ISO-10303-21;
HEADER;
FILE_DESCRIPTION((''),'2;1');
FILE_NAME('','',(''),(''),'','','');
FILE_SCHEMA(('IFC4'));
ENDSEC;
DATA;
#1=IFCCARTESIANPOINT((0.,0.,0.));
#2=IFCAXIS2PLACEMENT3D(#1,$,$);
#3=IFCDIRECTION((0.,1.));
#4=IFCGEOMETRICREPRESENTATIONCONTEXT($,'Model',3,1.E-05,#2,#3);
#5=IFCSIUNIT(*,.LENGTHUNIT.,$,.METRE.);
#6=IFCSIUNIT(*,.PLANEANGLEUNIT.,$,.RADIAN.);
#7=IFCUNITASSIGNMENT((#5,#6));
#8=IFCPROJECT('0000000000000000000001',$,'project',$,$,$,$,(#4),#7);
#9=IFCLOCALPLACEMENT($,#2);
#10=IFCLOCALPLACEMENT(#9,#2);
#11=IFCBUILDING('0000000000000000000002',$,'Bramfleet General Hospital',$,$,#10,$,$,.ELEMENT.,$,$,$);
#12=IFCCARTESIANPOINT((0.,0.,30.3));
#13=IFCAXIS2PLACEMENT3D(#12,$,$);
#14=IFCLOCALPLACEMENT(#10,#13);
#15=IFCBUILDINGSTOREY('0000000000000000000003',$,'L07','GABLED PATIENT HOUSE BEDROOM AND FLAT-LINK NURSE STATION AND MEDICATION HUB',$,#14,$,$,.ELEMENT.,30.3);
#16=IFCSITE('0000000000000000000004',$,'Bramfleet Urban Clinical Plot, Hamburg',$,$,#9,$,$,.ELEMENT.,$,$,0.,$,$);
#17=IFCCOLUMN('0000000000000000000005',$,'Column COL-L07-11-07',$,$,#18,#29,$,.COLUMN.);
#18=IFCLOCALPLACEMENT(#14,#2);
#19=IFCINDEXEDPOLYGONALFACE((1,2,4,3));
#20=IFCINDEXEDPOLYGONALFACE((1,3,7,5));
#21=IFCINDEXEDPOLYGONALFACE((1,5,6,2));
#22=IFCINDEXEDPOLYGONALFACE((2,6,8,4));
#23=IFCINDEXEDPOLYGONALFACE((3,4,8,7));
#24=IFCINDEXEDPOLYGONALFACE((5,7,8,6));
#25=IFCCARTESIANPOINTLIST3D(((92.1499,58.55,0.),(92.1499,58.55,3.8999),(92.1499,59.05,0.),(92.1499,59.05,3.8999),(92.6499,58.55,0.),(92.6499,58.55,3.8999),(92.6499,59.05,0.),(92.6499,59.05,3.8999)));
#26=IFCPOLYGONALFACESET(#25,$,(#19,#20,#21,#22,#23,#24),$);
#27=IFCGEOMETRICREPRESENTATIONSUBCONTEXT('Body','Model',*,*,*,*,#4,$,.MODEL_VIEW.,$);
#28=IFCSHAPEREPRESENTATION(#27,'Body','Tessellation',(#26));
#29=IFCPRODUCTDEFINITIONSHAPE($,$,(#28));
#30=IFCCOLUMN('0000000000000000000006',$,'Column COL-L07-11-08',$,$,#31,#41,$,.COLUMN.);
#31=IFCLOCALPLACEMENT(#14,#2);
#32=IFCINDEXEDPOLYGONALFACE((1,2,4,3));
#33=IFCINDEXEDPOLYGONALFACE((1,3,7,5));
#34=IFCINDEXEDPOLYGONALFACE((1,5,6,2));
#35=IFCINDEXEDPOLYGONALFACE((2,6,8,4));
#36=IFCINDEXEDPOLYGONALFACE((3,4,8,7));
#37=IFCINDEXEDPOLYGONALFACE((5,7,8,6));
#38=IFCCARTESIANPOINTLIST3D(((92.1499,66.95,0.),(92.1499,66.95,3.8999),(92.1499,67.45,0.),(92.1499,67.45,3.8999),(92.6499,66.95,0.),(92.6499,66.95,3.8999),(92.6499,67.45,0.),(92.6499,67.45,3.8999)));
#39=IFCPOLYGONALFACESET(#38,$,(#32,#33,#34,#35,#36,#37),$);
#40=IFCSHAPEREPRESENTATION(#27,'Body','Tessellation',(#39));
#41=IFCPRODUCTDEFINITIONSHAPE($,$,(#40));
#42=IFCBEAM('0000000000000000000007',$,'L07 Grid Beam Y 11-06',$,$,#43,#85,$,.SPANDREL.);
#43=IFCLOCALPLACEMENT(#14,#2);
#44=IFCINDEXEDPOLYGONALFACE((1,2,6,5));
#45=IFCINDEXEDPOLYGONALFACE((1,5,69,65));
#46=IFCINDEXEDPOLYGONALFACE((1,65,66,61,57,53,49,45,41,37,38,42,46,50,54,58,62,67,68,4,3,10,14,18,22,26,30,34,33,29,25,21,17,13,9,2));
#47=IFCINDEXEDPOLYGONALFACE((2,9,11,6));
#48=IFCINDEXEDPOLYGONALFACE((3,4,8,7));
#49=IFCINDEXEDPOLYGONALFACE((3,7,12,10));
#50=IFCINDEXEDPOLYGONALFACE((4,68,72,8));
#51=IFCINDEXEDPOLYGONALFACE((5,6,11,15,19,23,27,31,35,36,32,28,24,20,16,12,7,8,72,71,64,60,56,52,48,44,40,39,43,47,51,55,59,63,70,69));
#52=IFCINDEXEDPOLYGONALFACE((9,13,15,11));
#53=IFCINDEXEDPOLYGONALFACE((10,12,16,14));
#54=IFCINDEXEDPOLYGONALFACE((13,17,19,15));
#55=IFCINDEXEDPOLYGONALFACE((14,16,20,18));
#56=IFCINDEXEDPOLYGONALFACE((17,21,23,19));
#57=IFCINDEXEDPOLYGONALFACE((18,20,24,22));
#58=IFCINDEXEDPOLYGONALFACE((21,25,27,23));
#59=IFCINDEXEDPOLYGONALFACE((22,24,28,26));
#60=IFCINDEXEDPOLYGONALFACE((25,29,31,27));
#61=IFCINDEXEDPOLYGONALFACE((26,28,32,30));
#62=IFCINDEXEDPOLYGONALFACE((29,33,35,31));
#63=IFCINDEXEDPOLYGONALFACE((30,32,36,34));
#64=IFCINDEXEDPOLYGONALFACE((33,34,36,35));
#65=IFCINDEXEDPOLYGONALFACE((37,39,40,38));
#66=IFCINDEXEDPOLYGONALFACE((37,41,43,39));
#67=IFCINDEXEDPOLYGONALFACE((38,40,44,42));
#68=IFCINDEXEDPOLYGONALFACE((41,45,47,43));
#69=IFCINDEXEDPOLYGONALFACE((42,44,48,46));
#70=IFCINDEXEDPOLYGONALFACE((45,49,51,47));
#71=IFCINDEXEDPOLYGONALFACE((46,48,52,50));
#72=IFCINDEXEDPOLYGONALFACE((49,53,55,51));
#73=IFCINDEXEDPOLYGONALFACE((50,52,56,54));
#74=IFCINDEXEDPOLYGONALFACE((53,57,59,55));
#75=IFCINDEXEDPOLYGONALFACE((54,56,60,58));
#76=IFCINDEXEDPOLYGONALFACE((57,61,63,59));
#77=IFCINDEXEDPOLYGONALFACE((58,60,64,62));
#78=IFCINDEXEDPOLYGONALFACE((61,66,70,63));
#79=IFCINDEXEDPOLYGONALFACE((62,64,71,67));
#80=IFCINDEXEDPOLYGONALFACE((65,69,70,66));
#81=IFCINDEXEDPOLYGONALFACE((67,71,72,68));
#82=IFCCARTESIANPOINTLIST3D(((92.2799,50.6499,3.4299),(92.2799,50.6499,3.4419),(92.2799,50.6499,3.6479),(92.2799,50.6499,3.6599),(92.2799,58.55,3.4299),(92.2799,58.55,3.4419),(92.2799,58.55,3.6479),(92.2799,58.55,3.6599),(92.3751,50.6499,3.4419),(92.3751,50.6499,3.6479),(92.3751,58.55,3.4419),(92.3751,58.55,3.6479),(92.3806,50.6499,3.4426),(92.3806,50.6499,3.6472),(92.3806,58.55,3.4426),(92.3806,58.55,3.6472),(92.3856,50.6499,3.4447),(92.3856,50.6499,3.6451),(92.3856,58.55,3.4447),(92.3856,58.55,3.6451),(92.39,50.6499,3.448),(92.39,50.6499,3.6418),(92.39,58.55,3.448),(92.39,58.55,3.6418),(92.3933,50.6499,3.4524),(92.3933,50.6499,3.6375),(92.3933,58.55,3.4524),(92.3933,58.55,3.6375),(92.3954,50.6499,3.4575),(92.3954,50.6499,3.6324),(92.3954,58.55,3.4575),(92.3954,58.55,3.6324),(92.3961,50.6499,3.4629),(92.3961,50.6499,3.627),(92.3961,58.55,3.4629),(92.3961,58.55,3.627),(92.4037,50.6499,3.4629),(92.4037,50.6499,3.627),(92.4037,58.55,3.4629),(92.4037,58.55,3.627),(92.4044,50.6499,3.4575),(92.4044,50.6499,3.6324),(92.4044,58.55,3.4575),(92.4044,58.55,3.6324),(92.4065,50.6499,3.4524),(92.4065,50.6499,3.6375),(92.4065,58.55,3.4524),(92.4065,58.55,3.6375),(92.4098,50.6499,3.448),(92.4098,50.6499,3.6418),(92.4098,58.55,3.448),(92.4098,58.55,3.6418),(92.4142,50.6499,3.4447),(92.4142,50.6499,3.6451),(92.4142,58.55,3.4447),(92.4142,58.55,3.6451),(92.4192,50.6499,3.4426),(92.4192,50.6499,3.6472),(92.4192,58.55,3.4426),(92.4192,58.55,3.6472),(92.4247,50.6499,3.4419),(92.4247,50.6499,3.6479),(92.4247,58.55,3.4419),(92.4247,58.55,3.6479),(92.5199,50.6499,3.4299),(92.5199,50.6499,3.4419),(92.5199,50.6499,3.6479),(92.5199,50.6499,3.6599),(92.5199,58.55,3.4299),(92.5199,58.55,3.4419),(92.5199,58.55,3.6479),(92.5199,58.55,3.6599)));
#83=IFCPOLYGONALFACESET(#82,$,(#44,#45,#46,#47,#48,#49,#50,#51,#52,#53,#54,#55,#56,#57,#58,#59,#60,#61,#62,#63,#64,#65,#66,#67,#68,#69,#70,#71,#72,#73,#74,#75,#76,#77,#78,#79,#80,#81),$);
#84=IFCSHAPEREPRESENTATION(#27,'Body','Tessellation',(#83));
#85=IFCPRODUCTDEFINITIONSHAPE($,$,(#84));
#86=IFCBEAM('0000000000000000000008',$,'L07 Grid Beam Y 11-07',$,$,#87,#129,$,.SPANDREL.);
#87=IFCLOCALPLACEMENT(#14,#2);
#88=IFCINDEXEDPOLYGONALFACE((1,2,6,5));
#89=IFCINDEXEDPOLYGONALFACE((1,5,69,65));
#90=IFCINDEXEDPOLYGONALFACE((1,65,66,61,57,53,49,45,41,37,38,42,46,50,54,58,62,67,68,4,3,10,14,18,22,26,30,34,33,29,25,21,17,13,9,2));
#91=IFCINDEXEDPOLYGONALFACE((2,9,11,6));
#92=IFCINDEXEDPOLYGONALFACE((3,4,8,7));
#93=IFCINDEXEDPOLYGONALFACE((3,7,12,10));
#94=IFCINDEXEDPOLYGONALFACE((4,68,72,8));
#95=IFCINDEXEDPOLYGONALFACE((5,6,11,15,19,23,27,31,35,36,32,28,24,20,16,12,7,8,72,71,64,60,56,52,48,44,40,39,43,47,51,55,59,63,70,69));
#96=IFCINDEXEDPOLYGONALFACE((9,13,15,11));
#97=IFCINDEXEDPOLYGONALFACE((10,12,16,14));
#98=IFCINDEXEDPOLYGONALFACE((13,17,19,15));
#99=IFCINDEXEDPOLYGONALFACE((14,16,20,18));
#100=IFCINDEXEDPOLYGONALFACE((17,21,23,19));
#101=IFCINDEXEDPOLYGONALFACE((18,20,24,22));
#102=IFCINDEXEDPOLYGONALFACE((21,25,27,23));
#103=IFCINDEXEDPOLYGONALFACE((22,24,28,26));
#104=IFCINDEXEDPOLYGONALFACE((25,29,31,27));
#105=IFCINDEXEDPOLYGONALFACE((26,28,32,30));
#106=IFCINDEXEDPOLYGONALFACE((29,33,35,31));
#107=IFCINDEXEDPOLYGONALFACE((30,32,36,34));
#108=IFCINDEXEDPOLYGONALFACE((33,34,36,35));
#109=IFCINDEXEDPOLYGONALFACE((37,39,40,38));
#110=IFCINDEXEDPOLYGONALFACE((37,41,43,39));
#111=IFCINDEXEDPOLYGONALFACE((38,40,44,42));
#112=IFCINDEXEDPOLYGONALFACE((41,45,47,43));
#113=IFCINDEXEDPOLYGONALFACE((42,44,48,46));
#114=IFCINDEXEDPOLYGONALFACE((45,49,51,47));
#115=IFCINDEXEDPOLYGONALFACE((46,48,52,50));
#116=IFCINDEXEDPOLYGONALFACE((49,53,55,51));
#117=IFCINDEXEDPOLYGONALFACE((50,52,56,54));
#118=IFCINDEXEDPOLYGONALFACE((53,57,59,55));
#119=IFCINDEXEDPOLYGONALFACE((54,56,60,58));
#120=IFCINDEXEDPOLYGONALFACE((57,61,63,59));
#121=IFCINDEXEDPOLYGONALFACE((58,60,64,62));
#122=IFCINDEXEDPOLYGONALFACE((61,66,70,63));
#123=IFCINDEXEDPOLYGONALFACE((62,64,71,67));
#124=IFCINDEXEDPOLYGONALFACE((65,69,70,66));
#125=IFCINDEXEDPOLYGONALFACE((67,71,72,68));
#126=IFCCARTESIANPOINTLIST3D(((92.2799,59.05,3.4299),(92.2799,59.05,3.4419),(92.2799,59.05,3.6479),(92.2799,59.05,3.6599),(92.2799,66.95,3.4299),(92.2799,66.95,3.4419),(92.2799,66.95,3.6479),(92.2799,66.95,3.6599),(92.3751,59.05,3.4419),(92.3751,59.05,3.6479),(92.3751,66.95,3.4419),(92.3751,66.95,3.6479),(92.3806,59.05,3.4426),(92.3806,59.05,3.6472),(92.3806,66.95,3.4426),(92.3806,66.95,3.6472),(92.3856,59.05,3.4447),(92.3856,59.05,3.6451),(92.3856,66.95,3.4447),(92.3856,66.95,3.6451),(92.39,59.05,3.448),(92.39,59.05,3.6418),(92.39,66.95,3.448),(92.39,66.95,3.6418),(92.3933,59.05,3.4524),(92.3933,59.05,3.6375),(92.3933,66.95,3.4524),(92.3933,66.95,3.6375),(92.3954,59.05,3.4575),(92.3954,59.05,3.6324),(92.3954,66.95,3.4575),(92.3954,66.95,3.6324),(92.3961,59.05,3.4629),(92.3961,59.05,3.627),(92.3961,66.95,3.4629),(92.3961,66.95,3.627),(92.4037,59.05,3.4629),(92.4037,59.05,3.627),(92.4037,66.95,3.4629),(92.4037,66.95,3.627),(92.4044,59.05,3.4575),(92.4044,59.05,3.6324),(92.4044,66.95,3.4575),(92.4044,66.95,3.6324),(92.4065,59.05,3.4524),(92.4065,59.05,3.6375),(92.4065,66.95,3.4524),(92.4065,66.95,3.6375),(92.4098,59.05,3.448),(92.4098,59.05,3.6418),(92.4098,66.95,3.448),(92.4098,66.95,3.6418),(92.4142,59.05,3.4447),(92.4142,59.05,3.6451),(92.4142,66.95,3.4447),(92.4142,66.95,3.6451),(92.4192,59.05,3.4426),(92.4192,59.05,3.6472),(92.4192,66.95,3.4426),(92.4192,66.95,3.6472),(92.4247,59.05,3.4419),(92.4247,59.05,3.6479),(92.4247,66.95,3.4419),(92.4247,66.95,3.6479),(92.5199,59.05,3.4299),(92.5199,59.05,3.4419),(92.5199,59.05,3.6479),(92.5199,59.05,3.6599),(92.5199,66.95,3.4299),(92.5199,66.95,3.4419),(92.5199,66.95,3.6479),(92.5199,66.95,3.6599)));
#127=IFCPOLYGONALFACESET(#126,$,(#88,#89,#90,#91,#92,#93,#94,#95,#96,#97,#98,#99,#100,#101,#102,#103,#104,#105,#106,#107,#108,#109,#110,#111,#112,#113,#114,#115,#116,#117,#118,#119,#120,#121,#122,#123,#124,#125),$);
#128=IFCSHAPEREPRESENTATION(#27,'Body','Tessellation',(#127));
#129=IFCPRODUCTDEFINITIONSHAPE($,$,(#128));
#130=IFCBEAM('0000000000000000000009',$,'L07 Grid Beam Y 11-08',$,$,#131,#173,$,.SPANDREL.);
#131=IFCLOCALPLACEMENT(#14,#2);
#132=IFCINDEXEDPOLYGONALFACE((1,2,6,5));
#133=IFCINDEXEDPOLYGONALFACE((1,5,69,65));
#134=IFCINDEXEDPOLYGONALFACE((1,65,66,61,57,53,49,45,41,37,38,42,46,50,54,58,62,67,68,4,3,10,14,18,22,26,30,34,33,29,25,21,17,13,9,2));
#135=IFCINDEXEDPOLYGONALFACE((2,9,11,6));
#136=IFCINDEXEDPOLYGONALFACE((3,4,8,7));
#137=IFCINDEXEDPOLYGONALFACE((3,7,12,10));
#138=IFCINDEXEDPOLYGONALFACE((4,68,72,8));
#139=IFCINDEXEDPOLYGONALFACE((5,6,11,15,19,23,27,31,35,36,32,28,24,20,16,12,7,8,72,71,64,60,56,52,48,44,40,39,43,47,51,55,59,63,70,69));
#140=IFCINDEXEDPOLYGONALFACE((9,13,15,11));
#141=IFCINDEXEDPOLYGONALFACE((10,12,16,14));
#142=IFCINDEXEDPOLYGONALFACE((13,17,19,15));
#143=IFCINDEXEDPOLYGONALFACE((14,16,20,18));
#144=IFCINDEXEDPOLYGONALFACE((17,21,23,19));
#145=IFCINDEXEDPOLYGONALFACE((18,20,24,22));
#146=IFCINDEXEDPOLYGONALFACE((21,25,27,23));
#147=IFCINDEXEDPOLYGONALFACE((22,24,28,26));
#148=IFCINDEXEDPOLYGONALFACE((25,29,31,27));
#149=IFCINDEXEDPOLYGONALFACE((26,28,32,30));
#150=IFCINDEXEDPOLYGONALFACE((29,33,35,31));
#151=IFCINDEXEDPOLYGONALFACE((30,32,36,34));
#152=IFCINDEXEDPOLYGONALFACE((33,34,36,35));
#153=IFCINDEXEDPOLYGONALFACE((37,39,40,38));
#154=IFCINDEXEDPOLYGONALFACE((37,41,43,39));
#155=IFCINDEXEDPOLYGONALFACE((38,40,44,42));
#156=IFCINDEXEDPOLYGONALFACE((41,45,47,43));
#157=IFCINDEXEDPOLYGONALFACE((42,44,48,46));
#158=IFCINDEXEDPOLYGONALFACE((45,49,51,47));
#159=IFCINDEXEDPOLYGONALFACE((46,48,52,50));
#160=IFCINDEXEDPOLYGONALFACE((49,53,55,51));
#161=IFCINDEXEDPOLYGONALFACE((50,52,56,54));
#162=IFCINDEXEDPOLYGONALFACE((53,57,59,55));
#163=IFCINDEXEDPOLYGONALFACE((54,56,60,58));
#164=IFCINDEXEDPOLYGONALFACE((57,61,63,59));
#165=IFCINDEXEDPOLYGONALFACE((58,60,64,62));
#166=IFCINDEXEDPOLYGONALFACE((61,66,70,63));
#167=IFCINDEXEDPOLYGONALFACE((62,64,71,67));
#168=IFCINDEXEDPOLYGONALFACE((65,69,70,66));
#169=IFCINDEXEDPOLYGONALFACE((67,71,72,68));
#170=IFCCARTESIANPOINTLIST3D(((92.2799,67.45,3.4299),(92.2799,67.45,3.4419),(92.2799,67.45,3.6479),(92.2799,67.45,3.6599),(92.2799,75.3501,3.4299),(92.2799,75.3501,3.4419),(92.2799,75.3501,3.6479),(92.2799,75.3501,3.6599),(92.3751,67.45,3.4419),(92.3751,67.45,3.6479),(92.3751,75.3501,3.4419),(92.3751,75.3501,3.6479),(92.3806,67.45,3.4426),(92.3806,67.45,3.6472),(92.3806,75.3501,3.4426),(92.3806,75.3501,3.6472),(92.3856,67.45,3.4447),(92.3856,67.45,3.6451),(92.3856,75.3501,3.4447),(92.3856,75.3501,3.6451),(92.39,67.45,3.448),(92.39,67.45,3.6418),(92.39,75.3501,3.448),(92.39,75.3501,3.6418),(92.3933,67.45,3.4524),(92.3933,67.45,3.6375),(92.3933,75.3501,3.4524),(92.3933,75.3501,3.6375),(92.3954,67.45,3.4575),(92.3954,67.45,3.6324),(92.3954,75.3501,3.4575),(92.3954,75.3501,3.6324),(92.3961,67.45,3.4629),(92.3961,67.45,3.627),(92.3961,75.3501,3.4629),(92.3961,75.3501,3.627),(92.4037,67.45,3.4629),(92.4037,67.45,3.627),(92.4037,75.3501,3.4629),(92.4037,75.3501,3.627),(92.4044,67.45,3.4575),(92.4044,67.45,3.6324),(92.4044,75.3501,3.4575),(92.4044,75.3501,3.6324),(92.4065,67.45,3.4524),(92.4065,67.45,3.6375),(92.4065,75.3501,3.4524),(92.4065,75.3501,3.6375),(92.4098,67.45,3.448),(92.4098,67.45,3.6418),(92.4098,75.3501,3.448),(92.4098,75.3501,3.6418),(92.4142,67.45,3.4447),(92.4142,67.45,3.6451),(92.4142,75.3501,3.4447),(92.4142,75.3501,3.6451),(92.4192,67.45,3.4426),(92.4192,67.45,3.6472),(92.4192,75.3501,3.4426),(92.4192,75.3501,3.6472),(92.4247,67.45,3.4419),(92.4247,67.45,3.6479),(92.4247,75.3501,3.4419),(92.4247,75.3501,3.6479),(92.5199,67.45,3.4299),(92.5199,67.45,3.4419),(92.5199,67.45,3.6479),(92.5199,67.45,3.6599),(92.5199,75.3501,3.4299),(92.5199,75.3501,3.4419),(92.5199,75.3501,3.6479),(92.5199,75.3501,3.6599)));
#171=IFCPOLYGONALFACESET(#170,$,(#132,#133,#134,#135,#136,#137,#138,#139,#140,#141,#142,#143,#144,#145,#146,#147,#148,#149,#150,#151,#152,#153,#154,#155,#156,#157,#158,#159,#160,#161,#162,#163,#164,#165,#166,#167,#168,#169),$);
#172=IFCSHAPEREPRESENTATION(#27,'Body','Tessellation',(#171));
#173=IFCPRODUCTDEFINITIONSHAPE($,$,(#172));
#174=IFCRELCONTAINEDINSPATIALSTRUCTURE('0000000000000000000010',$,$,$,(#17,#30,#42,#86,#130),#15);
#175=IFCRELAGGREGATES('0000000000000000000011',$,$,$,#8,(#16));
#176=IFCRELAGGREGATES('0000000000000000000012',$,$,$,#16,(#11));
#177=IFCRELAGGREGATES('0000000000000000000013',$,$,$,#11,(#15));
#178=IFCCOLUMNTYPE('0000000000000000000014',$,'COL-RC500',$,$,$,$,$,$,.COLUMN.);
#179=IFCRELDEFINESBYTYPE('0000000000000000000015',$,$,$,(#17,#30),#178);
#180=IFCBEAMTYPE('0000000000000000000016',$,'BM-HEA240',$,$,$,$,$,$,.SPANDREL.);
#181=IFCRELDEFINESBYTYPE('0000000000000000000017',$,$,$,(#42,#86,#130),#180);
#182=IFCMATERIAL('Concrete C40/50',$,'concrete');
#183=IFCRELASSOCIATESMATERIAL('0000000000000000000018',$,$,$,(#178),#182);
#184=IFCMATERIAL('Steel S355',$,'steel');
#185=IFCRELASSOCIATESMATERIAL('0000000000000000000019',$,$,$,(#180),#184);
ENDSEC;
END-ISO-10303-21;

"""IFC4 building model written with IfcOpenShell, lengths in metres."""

from ifc_helpers import new_model, si_unit, direction, frame, origin, origin_2d, place, context, subcontext, project, spatial, rectangle, i_section, extrude, material, material_profile, profile_set, type_object, element, save


model = new_model("IFC4")

# Units and contexts
model_context = context("Model", 3, precision=1e-05, world=origin(), true_north=direction((0.0, 1.0)))
body_context = subcontext(model_context, "Body", "Model", "MODEL_VIEW")
ifc_project = project(units=[si_unit("LENGTHUNIT", "METRE"), si_unit("PLANEANGLEUNIT", "RADIAN")], contexts=[model_context])

# Site, building, storey
site_placement = place(None, origin())
site = spatial("IfcSite", under=ifc_project, at=site_placement, Name="Bramfleet Urban Clinical Plot, Hamburg", CompositionType="ELEMENT", RefElevation=0.0)
building_placement = place(site_placement, origin())
building = spatial("IfcBuilding", under=site, at=building_placement, Name="Bramfleet General Hospital", CompositionType="ELEMENT")
storey_placement = place(building_placement, frame((0.0, 0.0, 30.3)))
storey = spatial("IfcBuildingStorey", under=building, at=storey_placement, Name="L07", Description="GABLED PATIENT HOUSE BEDROOM AND FLAT-LINK NURSE STATION AND MEDICATION HUB", CompositionType="ELEMENT", Elevation=30.3)

# Columns
ifc_material_1 = material(Name="Concrete C40/50", Category="concrete")
ifc_material_profile_1 = material_profile(ifc_material_1, rectangle(XDim=0.5, YDim=0.5, at=origin_2d()), Name="RC COL 500x500")
ifc_profile_set_1 = profile_set([ifc_material_profile_1], Name="Concrete C40/50")
column_type = type_object("IfcColumnType", Name="COL-RC500", PredefinedType="COLUMN", material=ifc_profile_set_1)
for number, where, z_axis, x_axis, name in (
    (1, (92.3999, 58.8, 0.0), (0.0, 0.0, 1.0), (1.0, 0.0, 0.0), "Column COL-L07-11-07"),
    (2, (92.3999, 67.2, 0.0), (0.0, 0.0, 1.0), (1.0, 0.0, 0.0), "Column COL-L07-11-08"),
):
    element("IfcColumn", number, at=place(storey_placement, frame(where, z_axis=z_axis, x_axis=x_axis)), inside=storey, type_object=column_type, Name=name, PredefinedType="COLUMN", context=body_context, shape_type="SweptSolid", body=[
        extrude(rectangle(XDim=0.5, YDim=0.5, at=origin_2d()), origin(), (0.0, 0.0, 1.0), 3.8999),
    ])

# Beams
ifc_material_2 = material(Name="Steel S355", Category="steel")
ifc_material_profile_2 = material_profile(ifc_material_2, i_section(OverallWidth=0.24, OverallDepth=0.23, WebThickness=0.0076, FlangeThickness=0.012, FilletRadius=0.021, at=origin_2d()), Name="HEA 240")
ifc_profile_set_2 = profile_set([ifc_material_profile_2], Name="Steel S355")
beam_type_1 = type_object("IfcBeamType", Name="BM-HEA240", PredefinedType="SPANDREL", material=ifc_profile_set_2)
beam_1_placement = place(storey_placement, frame((92.3999, 50.6499, 3.5449), z_axis=(0.0, 1.0, 0.0), x_axis=(-1.0, 0.0, 0.0)))
element("IfcBeam", 3, at=beam_1_placement, inside=storey, type_object=beam_type_1, Name="L07 Grid Beam Y 11-06", PredefinedType="SPANDREL", context=body_context, shape_type="SweptSolid", body=[
    extrude(i_section(OverallWidth=0.24, OverallDepth=0.23, WebThickness=0.0076, FlangeThickness=0.012, FilletRadius=0.021, at=origin_2d()), origin(), (0.0, 0.0, 1.0), 7.9001),
])
beam_2_placement = place(storey_placement, frame((92.3999, 59.05, 3.5449), z_axis=(0.0, 1.0, 0.0), x_axis=(-1.0, 0.0, 0.0)))
element("IfcBeam", 4, at=beam_2_placement, inside=storey, type_object=beam_type_1, Name="L07 Grid Beam Y 11-07", PredefinedType="SPANDREL", context=body_context, shape_type="SweptSolid", body=[
    extrude(i_section(OverallWidth=0.24, OverallDepth=0.23, WebThickness=0.0076, FlangeThickness=0.012, FilletRadius=0.021, at=origin_2d()), origin(), (0.0, 0.0, 1.0), 7.8999),
])
beam_3_placement = place(storey_placement, frame((92.3999, 67.45, 3.5449), z_axis=(0.0, 1.0, 0.0), x_axis=(-1.0, 0.0, 0.0)))
element("IfcBeam", 5, at=beam_3_placement, inside=storey, type_object=beam_type_1, Name="L07 Grid Beam Y 11-08", PredefinedType="SPANDREL", context=body_context, shape_type="SweptSolid", body=[
    extrude(i_section(OverallWidth=0.24, OverallDepth=0.23, WebThickness=0.0076, FlangeThickness=0.012, FilletRadius=0.021, at=origin_2d()), origin(), (0.0, 0.0, 1.0), 7.9001),
])

save(model, "model.ifc")
